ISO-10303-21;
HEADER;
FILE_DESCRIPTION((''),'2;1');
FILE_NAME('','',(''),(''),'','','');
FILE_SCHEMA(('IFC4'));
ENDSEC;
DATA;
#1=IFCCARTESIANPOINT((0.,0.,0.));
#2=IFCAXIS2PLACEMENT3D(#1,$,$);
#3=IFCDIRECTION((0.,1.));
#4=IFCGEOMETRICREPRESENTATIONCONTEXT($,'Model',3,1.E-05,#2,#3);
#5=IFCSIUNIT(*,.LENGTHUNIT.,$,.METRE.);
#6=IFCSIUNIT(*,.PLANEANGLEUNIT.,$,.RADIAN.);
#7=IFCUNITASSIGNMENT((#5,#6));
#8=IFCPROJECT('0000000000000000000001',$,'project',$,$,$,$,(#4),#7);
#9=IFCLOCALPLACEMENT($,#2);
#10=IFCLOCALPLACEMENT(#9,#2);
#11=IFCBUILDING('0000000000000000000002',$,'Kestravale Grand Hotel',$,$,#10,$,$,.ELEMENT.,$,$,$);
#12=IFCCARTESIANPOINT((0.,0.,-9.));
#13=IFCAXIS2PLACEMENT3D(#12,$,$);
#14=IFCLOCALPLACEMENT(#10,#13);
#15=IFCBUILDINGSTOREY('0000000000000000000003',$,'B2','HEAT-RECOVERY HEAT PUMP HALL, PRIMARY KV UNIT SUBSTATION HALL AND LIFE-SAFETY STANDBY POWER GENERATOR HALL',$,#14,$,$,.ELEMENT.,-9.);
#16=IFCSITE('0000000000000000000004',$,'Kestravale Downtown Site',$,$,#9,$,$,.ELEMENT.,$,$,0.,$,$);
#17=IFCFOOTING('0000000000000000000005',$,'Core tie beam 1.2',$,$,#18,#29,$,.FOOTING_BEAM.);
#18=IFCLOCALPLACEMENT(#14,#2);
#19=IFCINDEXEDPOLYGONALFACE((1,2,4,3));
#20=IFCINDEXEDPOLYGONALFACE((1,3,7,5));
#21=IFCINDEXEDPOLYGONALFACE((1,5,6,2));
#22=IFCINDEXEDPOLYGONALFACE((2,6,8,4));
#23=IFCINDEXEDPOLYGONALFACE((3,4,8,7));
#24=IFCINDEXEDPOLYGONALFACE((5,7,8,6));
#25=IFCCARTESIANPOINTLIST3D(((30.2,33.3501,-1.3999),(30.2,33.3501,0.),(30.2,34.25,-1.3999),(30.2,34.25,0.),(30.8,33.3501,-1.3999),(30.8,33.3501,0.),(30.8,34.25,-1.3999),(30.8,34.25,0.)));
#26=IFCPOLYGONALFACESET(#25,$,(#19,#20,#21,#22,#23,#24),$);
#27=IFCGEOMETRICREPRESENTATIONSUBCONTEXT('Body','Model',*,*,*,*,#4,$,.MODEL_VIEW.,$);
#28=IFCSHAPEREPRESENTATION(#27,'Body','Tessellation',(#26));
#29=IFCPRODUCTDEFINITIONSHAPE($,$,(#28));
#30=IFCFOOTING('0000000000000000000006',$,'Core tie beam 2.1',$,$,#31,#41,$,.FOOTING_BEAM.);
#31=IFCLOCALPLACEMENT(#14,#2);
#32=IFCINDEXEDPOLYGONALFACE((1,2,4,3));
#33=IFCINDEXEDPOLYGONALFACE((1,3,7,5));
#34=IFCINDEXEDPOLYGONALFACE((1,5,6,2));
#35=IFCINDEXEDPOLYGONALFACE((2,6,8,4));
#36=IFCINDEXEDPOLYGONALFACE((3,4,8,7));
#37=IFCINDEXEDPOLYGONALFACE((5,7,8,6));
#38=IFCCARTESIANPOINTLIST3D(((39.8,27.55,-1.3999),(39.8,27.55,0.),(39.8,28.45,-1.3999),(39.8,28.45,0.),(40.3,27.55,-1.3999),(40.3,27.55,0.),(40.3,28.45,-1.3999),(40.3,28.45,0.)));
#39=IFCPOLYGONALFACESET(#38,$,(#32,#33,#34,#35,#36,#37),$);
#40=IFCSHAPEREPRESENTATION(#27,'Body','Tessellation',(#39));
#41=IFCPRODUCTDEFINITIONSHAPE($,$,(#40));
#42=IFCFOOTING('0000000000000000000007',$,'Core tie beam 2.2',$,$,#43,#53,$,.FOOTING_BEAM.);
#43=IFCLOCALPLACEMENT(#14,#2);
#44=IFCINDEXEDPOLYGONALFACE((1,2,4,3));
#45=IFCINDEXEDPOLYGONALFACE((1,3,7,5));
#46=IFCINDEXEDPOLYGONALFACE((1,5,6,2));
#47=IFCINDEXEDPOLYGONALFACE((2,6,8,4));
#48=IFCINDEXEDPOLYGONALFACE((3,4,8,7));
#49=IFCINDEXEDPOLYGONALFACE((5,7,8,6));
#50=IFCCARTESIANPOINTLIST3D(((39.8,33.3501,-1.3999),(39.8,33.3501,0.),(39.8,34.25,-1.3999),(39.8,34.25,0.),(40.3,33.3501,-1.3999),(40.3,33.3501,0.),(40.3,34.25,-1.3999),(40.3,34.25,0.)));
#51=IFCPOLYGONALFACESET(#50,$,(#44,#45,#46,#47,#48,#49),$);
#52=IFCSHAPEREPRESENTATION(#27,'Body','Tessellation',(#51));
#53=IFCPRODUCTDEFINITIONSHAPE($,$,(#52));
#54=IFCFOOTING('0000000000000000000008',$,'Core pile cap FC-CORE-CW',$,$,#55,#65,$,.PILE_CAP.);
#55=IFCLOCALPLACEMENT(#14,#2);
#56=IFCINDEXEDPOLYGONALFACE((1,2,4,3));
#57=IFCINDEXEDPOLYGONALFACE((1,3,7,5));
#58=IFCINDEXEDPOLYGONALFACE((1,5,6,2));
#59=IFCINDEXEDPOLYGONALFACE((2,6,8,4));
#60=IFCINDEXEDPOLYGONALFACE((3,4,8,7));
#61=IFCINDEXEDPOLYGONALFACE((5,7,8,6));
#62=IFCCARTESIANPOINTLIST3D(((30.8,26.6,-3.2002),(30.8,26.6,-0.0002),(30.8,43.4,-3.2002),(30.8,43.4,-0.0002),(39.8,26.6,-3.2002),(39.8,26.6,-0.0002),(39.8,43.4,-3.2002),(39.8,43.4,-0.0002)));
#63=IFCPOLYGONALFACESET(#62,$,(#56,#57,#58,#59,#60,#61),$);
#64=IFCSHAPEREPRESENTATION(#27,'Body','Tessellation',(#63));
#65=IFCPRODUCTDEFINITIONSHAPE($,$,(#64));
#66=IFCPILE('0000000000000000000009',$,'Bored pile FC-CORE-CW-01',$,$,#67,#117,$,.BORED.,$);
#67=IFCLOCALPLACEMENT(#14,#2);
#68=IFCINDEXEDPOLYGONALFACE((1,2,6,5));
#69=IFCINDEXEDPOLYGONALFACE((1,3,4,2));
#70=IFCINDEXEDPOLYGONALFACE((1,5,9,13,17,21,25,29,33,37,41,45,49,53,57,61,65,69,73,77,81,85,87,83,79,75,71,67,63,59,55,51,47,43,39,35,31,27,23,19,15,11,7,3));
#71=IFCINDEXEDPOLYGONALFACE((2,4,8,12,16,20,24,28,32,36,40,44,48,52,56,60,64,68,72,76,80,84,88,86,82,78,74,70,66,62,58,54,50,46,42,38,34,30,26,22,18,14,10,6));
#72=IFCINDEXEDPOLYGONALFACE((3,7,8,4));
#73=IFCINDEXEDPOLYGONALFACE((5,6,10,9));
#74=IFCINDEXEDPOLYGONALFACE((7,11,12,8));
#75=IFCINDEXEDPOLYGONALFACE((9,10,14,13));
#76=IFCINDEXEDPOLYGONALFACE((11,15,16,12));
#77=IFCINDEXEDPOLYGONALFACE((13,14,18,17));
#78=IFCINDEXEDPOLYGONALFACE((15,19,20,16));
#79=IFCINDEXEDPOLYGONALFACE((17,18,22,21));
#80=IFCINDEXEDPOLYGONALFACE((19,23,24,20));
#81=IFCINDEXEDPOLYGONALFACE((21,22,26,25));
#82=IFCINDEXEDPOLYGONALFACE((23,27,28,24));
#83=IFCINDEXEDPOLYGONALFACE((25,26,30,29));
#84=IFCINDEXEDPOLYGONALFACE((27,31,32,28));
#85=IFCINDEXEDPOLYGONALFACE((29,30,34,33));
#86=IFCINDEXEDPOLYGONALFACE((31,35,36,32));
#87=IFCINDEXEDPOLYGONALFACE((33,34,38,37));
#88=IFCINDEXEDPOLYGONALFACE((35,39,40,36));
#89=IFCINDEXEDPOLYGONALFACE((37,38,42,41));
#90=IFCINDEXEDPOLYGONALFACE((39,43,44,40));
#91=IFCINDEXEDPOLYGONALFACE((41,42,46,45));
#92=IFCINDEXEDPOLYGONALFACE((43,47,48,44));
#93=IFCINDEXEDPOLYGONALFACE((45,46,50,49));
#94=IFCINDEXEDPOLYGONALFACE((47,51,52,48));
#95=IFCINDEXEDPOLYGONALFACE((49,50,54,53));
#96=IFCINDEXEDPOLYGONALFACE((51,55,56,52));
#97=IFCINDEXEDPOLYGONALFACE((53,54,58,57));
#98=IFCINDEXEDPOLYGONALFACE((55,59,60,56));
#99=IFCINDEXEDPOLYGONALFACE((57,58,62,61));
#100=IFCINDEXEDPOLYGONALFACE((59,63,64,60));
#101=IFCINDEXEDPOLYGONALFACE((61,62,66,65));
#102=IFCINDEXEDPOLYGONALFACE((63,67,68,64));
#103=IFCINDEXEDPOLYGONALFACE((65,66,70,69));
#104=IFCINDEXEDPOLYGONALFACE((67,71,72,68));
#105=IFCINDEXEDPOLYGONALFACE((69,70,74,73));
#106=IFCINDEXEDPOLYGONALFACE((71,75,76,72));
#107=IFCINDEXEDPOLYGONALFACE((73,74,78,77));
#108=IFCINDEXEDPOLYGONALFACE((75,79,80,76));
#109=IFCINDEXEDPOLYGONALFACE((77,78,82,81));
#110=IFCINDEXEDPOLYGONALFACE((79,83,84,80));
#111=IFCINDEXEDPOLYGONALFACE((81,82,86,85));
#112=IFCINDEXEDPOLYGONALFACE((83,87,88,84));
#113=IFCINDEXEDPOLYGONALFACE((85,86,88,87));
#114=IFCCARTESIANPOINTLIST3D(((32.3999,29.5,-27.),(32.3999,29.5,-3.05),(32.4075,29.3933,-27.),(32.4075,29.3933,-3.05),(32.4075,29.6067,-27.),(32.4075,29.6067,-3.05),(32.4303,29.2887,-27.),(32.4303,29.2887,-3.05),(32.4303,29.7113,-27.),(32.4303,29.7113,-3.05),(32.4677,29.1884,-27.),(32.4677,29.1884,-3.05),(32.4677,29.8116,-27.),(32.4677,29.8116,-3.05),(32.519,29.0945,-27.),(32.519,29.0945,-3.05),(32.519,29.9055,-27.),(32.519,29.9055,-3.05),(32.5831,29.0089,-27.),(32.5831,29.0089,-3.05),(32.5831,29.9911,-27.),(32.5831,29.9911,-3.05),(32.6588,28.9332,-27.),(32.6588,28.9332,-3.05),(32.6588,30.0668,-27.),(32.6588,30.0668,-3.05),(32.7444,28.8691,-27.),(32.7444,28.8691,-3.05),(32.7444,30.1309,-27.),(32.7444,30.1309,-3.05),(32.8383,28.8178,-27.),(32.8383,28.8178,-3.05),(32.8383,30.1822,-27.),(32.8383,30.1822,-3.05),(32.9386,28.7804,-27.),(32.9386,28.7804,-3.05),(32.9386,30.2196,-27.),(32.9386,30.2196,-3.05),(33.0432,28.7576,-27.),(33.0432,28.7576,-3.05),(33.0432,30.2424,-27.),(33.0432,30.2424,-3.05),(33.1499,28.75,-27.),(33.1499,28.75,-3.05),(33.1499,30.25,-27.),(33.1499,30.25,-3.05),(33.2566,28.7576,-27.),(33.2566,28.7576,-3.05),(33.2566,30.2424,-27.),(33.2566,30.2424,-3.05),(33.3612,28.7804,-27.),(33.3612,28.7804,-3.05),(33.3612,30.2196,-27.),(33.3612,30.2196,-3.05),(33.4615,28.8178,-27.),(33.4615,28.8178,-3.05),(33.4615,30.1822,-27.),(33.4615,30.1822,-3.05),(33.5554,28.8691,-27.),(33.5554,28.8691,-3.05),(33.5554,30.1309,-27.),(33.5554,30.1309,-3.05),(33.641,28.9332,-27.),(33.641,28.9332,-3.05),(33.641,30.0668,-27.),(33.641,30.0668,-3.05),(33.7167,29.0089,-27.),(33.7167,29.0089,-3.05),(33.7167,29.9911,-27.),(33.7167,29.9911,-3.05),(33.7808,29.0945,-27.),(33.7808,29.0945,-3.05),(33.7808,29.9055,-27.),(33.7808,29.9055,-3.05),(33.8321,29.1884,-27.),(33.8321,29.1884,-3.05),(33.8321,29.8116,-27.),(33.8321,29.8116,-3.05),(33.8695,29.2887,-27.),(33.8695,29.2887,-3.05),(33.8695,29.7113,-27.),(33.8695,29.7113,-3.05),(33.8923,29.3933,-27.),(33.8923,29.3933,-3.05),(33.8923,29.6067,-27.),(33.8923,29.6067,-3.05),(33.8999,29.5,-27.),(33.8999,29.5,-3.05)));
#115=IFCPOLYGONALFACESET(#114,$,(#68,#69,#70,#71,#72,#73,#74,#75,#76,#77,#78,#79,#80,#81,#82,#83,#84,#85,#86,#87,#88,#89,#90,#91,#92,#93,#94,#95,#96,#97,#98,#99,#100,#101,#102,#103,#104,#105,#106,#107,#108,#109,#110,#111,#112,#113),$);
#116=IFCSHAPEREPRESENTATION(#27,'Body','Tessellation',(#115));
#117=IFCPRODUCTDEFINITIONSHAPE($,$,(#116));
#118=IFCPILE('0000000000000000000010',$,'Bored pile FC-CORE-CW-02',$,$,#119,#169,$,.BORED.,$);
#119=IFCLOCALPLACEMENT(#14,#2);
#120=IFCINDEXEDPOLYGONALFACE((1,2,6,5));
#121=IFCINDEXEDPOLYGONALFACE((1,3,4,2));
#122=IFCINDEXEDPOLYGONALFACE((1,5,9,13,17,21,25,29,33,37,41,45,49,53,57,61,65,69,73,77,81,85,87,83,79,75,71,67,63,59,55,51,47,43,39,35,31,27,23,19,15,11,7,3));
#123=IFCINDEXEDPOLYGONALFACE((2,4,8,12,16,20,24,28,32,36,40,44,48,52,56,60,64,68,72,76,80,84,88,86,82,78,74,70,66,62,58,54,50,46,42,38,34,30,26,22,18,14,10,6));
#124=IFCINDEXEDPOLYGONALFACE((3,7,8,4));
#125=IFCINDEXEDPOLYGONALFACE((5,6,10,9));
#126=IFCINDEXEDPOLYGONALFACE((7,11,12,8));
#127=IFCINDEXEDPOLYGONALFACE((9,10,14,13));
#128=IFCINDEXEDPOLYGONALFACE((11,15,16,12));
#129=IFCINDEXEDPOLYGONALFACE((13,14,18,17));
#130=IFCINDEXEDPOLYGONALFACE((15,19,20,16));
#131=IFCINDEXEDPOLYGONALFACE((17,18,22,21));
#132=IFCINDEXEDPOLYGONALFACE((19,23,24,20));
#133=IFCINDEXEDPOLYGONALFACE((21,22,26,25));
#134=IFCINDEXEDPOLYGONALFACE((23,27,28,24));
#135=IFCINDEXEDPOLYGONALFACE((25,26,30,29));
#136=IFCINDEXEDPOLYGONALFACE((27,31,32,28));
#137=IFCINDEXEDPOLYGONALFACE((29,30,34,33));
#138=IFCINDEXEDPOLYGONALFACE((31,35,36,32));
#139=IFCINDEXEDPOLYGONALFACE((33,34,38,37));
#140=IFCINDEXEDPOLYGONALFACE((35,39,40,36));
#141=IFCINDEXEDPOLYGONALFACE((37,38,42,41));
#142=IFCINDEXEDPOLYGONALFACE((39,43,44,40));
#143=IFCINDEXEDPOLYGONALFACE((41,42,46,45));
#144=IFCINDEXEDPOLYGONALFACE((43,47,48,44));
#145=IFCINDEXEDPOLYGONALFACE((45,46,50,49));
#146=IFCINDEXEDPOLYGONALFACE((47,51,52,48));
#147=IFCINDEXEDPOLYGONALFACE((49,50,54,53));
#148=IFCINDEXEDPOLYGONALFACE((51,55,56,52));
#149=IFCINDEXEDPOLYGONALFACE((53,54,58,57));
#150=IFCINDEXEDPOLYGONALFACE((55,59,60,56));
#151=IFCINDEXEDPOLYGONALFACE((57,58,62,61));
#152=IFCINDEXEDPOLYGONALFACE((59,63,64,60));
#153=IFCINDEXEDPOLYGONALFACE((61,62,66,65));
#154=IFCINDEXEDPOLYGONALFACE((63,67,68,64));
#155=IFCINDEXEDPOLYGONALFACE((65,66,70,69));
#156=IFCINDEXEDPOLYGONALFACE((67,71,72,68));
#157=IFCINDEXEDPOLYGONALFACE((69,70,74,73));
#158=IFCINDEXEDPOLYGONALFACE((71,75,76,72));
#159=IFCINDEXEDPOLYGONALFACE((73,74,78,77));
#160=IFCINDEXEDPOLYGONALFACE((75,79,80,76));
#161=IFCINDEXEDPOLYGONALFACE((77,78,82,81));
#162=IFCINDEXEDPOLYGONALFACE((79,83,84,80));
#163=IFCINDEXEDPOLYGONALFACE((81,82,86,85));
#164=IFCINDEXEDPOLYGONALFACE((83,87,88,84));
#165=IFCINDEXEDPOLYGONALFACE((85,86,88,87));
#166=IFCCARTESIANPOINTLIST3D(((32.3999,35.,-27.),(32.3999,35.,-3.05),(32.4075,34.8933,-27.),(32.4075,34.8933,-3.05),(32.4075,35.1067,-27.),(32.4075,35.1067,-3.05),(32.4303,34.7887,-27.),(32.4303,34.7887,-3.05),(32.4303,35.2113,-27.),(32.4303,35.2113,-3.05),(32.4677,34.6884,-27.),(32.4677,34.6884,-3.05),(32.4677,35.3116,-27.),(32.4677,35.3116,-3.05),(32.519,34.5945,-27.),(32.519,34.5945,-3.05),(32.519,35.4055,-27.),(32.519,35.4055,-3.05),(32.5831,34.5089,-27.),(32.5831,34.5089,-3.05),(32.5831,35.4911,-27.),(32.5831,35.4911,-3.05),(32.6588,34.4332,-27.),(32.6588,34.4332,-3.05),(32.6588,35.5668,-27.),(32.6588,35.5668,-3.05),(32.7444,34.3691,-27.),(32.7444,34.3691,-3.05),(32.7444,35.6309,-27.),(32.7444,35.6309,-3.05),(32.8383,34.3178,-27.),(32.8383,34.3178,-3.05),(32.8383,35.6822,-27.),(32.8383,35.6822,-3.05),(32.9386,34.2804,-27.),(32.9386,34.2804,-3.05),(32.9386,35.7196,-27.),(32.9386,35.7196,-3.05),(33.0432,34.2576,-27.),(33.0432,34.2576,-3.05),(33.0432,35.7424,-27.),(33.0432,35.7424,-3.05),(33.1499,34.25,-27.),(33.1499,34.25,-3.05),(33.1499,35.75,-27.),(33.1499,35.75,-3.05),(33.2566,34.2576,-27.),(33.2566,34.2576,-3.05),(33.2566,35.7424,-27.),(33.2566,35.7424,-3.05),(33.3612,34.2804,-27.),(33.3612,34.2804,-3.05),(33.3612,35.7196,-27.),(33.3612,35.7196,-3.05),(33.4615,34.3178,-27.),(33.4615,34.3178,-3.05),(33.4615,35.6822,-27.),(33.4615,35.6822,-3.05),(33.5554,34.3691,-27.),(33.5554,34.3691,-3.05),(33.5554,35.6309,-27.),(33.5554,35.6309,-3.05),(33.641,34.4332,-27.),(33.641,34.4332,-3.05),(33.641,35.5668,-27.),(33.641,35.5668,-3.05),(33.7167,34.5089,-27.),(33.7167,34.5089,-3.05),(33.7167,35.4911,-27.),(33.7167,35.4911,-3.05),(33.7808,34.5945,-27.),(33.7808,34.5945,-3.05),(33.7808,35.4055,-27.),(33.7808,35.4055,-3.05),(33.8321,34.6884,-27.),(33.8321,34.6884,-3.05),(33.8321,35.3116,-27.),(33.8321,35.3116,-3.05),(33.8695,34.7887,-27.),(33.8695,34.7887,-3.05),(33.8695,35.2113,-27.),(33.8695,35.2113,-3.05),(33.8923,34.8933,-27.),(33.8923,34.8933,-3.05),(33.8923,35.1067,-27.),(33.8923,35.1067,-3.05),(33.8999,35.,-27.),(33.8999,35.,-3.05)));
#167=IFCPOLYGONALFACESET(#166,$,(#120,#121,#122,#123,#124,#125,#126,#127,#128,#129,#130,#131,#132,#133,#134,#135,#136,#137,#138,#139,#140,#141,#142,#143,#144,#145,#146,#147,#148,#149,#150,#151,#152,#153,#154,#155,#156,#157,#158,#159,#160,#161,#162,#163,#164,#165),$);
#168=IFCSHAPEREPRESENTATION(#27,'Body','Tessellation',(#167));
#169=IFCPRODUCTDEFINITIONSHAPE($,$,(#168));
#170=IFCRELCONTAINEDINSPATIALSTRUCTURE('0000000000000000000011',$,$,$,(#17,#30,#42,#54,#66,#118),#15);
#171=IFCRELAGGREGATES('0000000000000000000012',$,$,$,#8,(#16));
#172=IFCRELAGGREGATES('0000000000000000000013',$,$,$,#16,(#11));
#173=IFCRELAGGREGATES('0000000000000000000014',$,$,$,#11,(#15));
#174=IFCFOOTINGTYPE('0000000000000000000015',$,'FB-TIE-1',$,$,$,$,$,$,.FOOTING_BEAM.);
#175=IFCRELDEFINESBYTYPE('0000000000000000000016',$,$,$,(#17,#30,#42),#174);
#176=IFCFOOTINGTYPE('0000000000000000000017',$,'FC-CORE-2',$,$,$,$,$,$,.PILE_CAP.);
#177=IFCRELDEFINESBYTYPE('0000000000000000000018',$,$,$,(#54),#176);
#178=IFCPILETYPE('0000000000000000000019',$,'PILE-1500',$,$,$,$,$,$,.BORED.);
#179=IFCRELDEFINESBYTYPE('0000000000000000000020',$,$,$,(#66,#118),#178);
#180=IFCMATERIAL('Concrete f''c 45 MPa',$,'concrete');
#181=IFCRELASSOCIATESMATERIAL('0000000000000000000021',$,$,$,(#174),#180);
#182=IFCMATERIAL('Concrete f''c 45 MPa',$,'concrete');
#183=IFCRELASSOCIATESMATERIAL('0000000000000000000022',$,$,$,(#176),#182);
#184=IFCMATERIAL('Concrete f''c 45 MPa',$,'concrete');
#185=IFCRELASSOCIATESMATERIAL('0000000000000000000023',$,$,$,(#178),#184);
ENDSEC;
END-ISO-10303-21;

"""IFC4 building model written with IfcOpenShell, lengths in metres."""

from ifc_helpers import new_model, si_unit, direction, frame, origin, origin_2d, place, context, subcontext, project, spatial, rectangle, circle, extrude, material, material_profile, profile_set, type_object, element, save


model = new_model("IFC4")

# Units and contexts
model_context = context("Model", 3, precision=1e-05, world=origin(), true_north=direction((0.0, 1.0)))
body_context = subcontext(model_context, "Body", "Model", "MODEL_VIEW")
ifc_project = project(units=[si_unit("LENGTHUNIT", "METRE"), si_unit("PLANEANGLEUNIT", "RADIAN")], contexts=[model_context])

# Site, building, storey
site_placement = place(None, origin())
site = spatial("IfcSite", under=ifc_project, at=site_placement, Name="Kestravale Downtown Site", CompositionType="ELEMENT", RefElevation=0.0)
building_placement = place(site_placement, origin())
building = spatial("IfcBuilding", under=site, at=building_placement, Name="Kestravale Grand Hotel", CompositionType="ELEMENT")
storey_placement = place(building_placement, frame((0.0, 0.0, -9.0)))
storey = spatial("IfcBuildingStorey", under=building, at=storey_placement, Name="B2", Description="HEAT-RECOVERY HEAT PUMP HALL, PRIMARY KV UNIT SUBSTATION HALL AND LIFE-SAFETY STANDBY POWER GENERATOR HALL", CompositionType="ELEMENT", Elevation=-9.0)

# Footings
ifc_material_1 = material(Name="Concrete f'c 45 MPa", Category="concrete")
ifc_material_profile_1 = material_profile(ifc_material_1, rectangle(XDim=0.8999, YDim=1.3999, at=origin_2d()))
ifc_profile_set_1 = profile_set([ifc_material_profile_1], Name="Concrete f'c 45 MPa")
footing_type_1 = type_object("IfcFootingType", Name="FB-TIE-1", PredefinedType="FOOTING_BEAM", material=ifc_profile_set_1)
footing_1_placement = place(storey_placement, frame((30.2, 33.8, -0.7), z_axis=(1.0, 0.0, 0.0), x_axis=(0.0, 1.0, 0.0)))
element("IfcFooting", 1, at=footing_1_placement, inside=storey, type_object=footing_type_1, Name="Core tie beam 1.2", PredefinedType="FOOTING_BEAM", context=body_context, shape_type="SweptSolid", body=[
    extrude(rectangle(XDim=0.8999, YDim=1.3999, at=origin_2d()), origin(), (0.0, 0.0, 1.0), 0.6001),
])
for number, where, z_axis, x_axis, name in (
    (2, (39.8, 28.0, -0.7), (1.0, 0.0, 0.0), (0.0, 1.0, 0.0), "Core tie beam 2.1"),
    (3, (39.8, 33.8, -0.7), (1.0, 0.0, 0.0), (0.0, 1.0, 0.0), "Core tie beam 2.2"),
):
    element("IfcFooting", number, at=place(storey_placement, frame(where, z_axis=z_axis, x_axis=x_axis)), inside=storey, type_object=footing_type_1, Name=name, PredefinedType="FOOTING_BEAM", context=body_context, shape_type="SweptSolid", body=[
        extrude(rectangle(XDim=0.8999, YDim=1.3999, at=origin_2d()), origin(), (0.0, 0.0, 1.0), 0.5),
    ])
ifc_material_2 = material(Name="Concrete f'c 45 MPa", Category="concrete")
footing_type_2 = type_object("IfcFootingType", Name="FC-CORE-2", PredefinedType="PILE_CAP", material=ifc_material_2)
footing_2_placement = place(storey_placement, frame((35.3, 35.0, -3.2002), z_axis=(0.0, 0.0, 1.0), x_axis=(1.0, 0.0, 0.0)))
element("IfcFooting", 4, at=footing_2_placement, inside=storey, type_object=footing_type_2, Name="Core pile cap FC-CORE-CW", PredefinedType="PILE_CAP", context=body_context, shape_type="SweptSolid", body=[
    extrude(rectangle(XDim=9.0, YDim=16.8, at=origin_2d()), origin(), (0.0, 0.0, 1.0), 3.2),
])

# Piles
ifc_material_3 = material(Name="Concrete f'c 45 MPa", Category="concrete")
ifc_material_profile_2 = material_profile(ifc_material_3, circle(Radius=0.75, at=origin_2d()))
ifc_profile_set_2 = profile_set([ifc_material_profile_2], Name="Concrete f'c 45 MPa")
pile_type_1 = type_object("IfcPileType", Name="PILE-1500", PredefinedType="BORED", material=ifc_profile_set_2)
for number, where, z_axis, x_axis, name in (
    (5, (33.1499, 29.5, -3.05), (0.0, 0.0, -1.0), (1.0, 0.0, 0.0), "Bored pile FC-CORE-CW-01"),
    (6, (33.1499, 35.0, -3.05), (0.0, 0.0, -1.0), (1.0, 0.0, 0.0), "Bored pile FC-CORE-CW-02"),
):
    element("IfcPile", number, at=place(storey_placement, frame(where, z_axis=z_axis, x_axis=x_axis)), inside=storey, type_object=pile_type_1, Name=name, PredefinedType="BORED", context=body_context, shape_type="SweptSolid", body=[
        extrude(circle(Radius=0.75, at=origin_2d()), origin(), (0.0, 0.0, 1.0), 23.95),
    ])

save(model, "model.ifc")
